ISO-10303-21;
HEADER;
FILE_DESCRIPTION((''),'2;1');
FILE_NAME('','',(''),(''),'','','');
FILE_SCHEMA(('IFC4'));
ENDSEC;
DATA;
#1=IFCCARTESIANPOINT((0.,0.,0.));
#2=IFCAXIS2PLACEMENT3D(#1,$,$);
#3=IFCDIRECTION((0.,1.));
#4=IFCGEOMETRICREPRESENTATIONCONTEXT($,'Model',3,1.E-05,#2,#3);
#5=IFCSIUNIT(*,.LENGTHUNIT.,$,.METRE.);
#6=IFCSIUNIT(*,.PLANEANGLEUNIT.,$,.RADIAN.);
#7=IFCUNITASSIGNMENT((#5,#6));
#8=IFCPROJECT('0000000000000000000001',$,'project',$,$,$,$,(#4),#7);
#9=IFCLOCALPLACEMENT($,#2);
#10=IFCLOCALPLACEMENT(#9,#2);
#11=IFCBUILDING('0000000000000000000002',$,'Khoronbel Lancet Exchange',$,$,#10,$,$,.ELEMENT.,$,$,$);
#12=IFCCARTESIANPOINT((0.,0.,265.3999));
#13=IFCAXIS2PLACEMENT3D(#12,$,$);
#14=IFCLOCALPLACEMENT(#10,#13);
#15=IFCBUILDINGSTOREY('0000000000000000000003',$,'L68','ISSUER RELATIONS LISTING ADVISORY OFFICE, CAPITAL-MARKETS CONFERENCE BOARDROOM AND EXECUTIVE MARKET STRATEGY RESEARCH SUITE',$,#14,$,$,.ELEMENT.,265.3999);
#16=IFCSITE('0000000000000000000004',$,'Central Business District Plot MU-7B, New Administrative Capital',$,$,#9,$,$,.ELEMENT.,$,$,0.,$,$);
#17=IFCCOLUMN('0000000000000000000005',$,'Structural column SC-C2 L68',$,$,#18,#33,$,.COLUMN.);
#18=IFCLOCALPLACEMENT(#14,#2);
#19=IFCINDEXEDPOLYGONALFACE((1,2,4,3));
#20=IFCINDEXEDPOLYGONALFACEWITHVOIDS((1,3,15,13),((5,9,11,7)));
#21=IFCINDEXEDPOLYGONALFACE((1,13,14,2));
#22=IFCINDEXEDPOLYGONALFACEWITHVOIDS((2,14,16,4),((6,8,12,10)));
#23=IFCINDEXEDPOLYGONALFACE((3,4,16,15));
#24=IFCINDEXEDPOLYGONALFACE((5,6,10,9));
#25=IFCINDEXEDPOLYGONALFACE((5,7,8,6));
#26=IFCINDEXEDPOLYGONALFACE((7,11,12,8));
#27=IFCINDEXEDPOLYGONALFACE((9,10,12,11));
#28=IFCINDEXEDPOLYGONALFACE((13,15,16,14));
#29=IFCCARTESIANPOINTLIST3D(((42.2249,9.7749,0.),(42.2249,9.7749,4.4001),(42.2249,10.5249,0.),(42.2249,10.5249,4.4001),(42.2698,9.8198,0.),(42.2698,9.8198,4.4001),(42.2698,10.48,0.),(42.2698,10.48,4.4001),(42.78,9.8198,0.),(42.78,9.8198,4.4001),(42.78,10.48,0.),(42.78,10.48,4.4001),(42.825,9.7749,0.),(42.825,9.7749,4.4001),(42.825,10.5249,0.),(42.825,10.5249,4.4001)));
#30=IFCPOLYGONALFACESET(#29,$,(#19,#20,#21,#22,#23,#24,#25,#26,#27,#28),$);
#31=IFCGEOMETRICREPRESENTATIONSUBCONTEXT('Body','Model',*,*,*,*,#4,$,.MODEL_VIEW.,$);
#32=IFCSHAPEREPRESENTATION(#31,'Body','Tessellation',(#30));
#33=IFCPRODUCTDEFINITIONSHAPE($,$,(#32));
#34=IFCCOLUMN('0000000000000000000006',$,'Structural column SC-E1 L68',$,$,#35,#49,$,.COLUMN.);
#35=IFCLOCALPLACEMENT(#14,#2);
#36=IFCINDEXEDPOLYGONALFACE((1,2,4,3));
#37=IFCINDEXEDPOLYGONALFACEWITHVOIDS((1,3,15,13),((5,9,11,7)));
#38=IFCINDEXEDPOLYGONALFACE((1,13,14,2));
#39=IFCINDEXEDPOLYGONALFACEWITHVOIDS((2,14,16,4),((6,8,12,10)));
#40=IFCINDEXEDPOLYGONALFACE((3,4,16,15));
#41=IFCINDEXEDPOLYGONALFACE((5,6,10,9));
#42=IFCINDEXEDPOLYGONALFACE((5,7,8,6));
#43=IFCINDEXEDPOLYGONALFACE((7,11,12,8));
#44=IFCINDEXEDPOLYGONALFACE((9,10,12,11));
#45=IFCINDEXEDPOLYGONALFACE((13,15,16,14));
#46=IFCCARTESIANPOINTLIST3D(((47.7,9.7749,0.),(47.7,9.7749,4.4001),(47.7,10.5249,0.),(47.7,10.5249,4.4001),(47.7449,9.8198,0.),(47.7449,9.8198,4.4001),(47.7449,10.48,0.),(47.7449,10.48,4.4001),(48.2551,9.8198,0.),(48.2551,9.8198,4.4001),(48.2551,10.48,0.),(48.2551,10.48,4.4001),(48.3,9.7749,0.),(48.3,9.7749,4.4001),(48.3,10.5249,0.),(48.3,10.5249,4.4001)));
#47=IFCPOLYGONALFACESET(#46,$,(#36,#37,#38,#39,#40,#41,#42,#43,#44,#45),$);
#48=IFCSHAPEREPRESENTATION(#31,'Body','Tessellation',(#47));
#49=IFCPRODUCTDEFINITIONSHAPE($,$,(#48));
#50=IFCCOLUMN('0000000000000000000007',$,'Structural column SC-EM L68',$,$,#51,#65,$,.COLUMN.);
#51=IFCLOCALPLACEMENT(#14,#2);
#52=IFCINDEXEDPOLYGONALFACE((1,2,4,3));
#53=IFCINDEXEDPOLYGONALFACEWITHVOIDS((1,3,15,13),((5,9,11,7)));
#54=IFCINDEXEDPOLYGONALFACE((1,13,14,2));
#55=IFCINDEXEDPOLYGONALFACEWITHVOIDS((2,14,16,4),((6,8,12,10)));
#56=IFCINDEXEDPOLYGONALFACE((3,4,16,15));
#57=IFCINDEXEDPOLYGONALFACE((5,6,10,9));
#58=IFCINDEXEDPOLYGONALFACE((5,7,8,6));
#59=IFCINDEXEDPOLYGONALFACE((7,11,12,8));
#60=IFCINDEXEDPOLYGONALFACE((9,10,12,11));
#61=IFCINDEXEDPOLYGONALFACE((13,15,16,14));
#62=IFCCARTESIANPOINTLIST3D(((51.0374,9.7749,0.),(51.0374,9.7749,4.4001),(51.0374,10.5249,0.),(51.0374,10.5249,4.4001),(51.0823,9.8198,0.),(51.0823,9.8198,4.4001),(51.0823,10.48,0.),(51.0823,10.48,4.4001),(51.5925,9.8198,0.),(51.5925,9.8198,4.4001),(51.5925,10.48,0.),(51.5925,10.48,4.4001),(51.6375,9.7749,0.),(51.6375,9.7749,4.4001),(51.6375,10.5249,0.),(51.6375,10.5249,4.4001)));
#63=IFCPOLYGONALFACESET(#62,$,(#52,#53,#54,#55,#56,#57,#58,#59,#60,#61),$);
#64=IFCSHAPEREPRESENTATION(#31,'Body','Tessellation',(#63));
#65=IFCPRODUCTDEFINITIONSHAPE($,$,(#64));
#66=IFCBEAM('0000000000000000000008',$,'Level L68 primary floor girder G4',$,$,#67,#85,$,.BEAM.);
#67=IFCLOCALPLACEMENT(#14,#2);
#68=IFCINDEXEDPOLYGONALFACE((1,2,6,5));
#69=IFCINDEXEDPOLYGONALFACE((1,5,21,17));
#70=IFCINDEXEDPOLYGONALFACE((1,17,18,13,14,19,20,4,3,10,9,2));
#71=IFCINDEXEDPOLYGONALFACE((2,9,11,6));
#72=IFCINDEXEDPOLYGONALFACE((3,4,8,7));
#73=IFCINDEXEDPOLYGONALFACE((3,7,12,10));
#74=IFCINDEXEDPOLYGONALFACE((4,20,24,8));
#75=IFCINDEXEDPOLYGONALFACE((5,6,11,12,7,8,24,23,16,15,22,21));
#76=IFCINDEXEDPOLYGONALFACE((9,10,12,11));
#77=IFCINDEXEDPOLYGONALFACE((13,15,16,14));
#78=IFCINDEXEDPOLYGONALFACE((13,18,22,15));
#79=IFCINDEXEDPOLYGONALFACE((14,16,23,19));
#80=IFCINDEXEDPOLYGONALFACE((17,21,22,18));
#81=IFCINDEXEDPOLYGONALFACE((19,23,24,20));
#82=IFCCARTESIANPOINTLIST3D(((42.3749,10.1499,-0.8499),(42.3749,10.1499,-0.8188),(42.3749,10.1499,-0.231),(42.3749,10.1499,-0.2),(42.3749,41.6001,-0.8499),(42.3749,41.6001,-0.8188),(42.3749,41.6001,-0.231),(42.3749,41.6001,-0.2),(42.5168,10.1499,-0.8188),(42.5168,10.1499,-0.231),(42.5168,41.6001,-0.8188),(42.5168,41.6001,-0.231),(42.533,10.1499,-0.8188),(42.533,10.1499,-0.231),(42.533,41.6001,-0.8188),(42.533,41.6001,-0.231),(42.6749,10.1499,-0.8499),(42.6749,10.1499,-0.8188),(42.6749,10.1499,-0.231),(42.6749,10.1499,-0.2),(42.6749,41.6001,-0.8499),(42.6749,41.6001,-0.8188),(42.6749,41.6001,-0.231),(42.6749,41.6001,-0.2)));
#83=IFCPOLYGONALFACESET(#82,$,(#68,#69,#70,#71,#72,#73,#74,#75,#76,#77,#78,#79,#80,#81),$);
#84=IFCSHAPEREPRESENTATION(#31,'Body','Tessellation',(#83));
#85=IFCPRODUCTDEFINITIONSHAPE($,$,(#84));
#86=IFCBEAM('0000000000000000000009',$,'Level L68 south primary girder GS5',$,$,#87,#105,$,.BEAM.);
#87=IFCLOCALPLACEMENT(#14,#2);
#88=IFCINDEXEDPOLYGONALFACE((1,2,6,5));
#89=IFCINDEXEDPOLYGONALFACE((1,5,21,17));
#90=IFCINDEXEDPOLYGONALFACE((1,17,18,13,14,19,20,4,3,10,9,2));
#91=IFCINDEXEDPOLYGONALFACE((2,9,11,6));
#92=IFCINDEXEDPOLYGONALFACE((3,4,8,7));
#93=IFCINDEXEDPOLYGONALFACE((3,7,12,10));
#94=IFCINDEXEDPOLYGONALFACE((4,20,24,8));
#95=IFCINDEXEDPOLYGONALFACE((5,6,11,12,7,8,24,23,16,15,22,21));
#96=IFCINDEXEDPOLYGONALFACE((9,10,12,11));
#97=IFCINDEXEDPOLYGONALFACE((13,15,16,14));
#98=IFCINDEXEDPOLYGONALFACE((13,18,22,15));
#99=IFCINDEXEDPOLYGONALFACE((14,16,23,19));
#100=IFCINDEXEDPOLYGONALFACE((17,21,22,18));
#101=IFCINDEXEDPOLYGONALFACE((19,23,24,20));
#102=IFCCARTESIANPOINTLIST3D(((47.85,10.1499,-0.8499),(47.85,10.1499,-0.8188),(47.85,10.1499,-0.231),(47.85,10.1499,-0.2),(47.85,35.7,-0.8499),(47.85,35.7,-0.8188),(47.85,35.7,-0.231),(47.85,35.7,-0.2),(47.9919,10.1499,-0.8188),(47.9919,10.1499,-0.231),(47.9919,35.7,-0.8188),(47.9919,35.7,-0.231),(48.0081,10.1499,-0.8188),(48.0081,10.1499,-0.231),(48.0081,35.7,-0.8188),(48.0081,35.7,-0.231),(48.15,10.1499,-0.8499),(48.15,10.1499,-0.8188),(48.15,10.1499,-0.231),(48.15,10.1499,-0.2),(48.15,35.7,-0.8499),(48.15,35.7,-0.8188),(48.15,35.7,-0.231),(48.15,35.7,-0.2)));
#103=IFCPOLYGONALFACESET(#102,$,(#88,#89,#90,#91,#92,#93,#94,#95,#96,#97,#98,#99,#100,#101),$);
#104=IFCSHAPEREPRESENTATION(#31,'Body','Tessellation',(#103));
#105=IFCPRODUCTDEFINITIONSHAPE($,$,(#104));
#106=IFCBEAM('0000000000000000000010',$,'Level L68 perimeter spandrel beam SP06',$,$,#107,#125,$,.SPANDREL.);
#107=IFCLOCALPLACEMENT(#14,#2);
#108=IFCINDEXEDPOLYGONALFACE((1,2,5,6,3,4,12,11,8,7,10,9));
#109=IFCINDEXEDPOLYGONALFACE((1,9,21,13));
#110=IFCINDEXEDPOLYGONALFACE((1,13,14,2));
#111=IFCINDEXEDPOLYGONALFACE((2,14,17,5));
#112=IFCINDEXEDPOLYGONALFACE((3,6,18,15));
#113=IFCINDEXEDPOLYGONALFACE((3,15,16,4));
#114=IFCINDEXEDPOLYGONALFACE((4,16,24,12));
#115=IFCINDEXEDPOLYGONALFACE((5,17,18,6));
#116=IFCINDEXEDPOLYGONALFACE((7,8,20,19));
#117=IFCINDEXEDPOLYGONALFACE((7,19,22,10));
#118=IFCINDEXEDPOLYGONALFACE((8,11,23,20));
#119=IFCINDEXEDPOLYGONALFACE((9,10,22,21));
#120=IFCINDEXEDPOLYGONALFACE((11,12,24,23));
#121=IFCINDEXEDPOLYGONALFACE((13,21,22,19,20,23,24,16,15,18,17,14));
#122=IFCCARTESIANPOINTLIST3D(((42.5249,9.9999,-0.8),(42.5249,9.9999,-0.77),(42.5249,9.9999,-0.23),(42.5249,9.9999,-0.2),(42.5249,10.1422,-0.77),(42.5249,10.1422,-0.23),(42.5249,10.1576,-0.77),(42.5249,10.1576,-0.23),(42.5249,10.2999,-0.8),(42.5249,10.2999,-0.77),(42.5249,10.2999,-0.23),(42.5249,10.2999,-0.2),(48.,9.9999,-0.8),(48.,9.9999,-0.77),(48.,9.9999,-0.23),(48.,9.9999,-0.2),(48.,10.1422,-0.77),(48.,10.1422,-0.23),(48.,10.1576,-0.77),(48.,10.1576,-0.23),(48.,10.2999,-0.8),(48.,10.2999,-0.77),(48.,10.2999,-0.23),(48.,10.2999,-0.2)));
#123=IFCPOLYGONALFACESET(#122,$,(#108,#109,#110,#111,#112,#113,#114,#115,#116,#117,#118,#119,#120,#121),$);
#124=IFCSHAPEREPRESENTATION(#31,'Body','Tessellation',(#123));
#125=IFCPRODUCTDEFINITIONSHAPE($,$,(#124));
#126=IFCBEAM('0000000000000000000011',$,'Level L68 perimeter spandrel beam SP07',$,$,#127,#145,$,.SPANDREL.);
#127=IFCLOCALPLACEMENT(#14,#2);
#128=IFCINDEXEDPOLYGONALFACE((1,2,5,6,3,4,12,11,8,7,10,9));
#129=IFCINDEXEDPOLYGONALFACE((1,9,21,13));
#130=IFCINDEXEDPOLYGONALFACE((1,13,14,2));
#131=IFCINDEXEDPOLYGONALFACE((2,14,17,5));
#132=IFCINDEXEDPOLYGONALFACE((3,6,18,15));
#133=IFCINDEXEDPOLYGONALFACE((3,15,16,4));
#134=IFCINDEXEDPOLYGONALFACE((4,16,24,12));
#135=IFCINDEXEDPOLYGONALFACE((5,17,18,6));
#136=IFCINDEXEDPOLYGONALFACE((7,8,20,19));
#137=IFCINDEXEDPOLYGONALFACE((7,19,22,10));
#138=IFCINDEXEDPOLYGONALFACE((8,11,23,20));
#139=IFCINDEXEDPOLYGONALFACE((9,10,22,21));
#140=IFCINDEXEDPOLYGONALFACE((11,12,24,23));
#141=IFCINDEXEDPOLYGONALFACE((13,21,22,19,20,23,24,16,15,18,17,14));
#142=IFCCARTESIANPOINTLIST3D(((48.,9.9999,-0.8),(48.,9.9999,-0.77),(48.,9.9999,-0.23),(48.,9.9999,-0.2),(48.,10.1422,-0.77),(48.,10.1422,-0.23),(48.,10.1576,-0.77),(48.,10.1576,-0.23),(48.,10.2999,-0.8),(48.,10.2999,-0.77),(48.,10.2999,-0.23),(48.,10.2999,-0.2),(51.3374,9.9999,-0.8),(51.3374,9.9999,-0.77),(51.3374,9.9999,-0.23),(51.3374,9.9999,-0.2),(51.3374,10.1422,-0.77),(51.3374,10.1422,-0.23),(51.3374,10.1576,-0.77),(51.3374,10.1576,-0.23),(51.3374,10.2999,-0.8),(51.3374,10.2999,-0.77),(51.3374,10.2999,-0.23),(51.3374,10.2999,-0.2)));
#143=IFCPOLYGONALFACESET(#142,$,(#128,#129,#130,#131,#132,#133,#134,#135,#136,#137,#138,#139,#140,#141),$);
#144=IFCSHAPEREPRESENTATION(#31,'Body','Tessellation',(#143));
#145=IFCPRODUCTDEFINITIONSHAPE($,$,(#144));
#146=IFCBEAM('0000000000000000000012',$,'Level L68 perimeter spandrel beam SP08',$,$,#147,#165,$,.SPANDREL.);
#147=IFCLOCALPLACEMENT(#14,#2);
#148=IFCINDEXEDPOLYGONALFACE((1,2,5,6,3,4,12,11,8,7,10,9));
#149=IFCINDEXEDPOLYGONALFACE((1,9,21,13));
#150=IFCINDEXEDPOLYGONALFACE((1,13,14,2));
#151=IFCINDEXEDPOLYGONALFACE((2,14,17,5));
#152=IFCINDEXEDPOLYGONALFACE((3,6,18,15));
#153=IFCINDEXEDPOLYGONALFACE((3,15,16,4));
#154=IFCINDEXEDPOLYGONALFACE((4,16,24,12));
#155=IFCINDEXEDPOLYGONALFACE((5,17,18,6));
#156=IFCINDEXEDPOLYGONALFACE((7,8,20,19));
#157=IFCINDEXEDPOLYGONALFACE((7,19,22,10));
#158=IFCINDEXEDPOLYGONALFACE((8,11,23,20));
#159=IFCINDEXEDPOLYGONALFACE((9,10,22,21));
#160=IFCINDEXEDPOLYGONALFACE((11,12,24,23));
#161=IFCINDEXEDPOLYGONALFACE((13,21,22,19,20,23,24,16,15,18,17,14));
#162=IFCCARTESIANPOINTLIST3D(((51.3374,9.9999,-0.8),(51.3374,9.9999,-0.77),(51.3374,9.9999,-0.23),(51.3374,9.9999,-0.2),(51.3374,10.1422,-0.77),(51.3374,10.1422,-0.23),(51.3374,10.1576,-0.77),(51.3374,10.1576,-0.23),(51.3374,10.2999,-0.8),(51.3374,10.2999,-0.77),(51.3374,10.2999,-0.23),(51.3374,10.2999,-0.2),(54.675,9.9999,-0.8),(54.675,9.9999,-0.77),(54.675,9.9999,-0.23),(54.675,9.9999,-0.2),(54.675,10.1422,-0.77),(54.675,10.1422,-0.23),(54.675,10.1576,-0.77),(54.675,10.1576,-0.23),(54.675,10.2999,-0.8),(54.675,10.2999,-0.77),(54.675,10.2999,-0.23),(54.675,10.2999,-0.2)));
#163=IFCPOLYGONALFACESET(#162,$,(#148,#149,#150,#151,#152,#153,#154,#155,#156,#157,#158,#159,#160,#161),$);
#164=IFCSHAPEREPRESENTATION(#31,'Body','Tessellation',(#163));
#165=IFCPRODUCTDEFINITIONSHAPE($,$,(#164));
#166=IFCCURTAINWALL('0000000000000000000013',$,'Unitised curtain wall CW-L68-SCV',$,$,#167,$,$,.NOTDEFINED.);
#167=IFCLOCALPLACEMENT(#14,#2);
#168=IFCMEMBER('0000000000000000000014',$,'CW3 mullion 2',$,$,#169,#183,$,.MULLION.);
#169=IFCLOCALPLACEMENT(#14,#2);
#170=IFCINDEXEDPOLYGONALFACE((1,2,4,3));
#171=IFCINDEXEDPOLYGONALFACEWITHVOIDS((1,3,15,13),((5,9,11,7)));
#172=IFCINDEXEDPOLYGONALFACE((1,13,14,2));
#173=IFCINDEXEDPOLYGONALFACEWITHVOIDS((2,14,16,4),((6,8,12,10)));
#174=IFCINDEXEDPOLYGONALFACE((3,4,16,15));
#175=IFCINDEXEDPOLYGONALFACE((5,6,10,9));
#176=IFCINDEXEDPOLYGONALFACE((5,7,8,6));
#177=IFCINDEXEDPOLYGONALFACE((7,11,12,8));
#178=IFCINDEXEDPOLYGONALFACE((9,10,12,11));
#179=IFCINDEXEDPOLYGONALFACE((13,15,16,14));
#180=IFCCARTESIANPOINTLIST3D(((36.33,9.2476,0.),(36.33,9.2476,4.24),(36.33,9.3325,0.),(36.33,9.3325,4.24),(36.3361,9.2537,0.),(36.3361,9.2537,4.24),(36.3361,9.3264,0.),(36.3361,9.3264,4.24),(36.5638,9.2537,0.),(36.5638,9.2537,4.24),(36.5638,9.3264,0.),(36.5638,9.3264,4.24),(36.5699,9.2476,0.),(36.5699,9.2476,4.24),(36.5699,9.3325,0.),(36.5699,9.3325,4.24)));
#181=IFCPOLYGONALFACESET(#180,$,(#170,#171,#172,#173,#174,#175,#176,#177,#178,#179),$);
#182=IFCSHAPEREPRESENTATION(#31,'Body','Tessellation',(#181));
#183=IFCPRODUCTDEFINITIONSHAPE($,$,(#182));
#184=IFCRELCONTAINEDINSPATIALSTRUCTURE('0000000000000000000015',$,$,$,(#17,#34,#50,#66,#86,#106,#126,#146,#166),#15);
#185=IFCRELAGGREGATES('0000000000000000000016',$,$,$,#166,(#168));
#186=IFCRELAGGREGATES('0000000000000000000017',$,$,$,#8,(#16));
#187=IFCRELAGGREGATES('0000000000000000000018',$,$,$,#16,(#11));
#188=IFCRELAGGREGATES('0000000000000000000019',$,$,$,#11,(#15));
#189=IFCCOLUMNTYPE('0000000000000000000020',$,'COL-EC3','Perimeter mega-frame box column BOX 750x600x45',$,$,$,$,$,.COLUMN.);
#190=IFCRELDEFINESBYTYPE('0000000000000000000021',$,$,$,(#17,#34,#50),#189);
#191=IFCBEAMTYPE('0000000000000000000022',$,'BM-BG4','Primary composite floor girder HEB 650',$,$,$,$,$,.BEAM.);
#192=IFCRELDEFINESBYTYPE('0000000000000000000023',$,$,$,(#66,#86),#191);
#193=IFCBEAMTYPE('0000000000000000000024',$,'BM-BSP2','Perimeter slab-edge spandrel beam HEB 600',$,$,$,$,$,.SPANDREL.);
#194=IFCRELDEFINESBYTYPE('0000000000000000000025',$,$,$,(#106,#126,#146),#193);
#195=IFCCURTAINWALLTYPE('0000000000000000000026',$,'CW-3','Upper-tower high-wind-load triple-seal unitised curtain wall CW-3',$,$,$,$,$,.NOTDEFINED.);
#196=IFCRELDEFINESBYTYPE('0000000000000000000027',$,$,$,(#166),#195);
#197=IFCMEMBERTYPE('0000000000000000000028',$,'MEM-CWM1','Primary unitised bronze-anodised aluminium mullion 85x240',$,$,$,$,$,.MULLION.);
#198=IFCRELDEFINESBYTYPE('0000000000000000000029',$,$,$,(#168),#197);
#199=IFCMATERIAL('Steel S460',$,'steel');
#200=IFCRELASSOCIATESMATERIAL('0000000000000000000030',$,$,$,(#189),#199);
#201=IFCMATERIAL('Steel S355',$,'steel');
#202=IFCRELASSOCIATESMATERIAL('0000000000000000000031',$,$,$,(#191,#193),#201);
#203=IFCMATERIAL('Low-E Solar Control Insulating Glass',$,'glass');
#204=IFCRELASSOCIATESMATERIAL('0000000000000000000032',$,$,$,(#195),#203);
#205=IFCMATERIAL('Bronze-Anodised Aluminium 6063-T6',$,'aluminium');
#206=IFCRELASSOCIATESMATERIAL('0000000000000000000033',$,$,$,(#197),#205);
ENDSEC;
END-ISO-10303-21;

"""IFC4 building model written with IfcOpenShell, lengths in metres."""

from ifc_helpers import new_model, si_unit, direction, frame, origin, origin_2d, place, context, subcontext, project, spatial, hollow_rectangle, i_section, extrude, material, material_profile, profile_set, type_object, element, aggregate, save


model = new_model("IFC4")

# Units and contexts
model_context = context("Model", 3, precision=1e-05, world=origin(), true_north=direction((0.0, 1.0)))
body_context = subcontext(model_context, "Body", "Model", "MODEL_VIEW")
ifc_project = project(units=[si_unit("LENGTHUNIT", "METRE"), si_unit("PLANEANGLEUNIT", "RADIAN")], contexts=[model_context])

# Site, building, storey
site_placement = place(None, origin())
site = spatial("IfcSite", under=ifc_project, at=site_placement, Name="Central Business District Plot MU-7B, New Administrative Capital", CompositionType="ELEMENT", RefElevation=0.0)
building_placement = place(site_placement, origin())
building = spatial("IfcBuilding", under=site, at=building_placement, Name="Khoronbel Lancet Exchange", CompositionType="ELEMENT")
storey_placement = place(building_placement, frame((0.0, 0.0, 265.3999)))
storey = spatial("IfcBuildingStorey", under=building, at=storey_placement, Name="L68", Description="ISSUER RELATIONS LISTING ADVISORY OFFICE, CAPITAL-MARKETS CONFERENCE BOARDROOM AND EXECUTIVE MARKET STRATEGY RESEARCH SUITE", CompositionType="ELEMENT", Elevation=265.3999)

# Columns
ifc_material_1 = material(Name="Steel S460", Category="steel")
ifc_material_profile_1 = material_profile(ifc_material_1, hollow_rectangle(XDim=0.6001, YDim=0.75, WallThickness=0.0449, at=origin_2d()), Name="BOX 750x600x45")
ifc_profile_set_1 = profile_set([ifc_material_profile_1], Name="Steel S460")
column_type = type_object("IfcColumnType", Name="COL-EC3", Description="Perimeter mega-frame box column BOX 750x600x45", PredefinedType="COLUMN", material=ifc_profile_set_1)
for number, where, z_axis, x_axis, name in (
    (1, (42.5249, 10.1499, 0.0), (0.0, 0.0, 1.0), (1.0, 0.0, 0.0), "Structural column SC-C2 L68"),
    (2, (48.0, 10.1499, 0.0), (0.0, 0.0, 1.0), (1.0, 0.0, 0.0), "Structural column SC-E1 L68"),
    (3, (51.3374, 10.1499, 0.0), (0.0, 0.0, 1.0), (1.0, 0.0, 0.0), "Structural column SC-EM L68"),
):
    element("IfcColumn", number, at=place(storey_placement, frame(where, z_axis=z_axis, x_axis=x_axis)), inside=storey, type_object=column_type, Name=name, PredefinedType="COLUMN", context=body_context, shape_type="SweptSolid", body=[
        extrude(hollow_rectangle(XDim=0.6001, YDim=0.75, WallThickness=0.0449, at=origin_2d()), origin(), (0.0, 0.0, 1.0), 4.4001),
    ])

# Beams
ifc_material_2 = material(Name="Steel S355", Category="steel")
ifc_material_profile_2 = material_profile(ifc_material_2, i_section(OverallWidth=0.3, OverallDepth=0.6499, WebThickness=0.0161, FlangeThickness=0.031, at=origin_2d()), Name="HEB 650")
ifc_profile_set_2 = profile_set([ifc_material_profile_2], Name="Steel S355")
beam_type_1 = type_object("IfcBeamType", Name="BM-BG4", Description="Primary composite floor girder HEB 650", PredefinedType="BEAM", material=ifc_profile_set_2)
beam_1_placement = place(storey_placement, frame((42.5249, 10.1499, -0.5249), z_axis=(0.0, 1.0, 0.0), x_axis=(-1.0, 0.0, 0.0)))
element("IfcBeam", 4, at=beam_1_placement, inside=storey, type_object=beam_type_1, Name="Level L68 primary floor girder G4", PredefinedType="BEAM", context=body_context, shape_type="SweptSolid", body=[
    extrude(i_section(OverallWidth=0.3, OverallDepth=0.6499, WebThickness=0.0161, FlangeThickness=0.031, at=origin_2d()), origin(), (0.0, 0.0, 1.0), 31.4502),
])
beam_2_placement = place(storey_placement, frame((48.0, 10.1499, -0.5249), z_axis=(0.0, 1.0, 0.0), x_axis=(-1.0, 0.0, 0.0)))
element("IfcBeam", 5, at=beam_2_placement, inside=storey, type_object=beam_type_1, Name="Level L68 south primary girder GS5", PredefinedType="BEAM", context=body_context, shape_type="SweptSolid", body=[
    extrude(i_section(OverallWidth=0.3, OverallDepth=0.6499, WebThickness=0.0161, FlangeThickness=0.031, at=origin_2d()), origin(), (0.0, 0.0, 1.0), 25.55),
])
ifc_material_profile_3 = material_profile(ifc_material_2, i_section(OverallWidth=0.3, OverallDepth=0.6001, WebThickness=0.0154, FlangeThickness=0.03, at=origin_2d()), Name="HEB 600")
ifc_profile_set_3 = profile_set([ifc_material_profile_3], Name="Steel S355")
beam_type_2 = type_object("IfcBeamType", Name="BM-BSP2", Description="Perimeter slab-edge spandrel beam HEB 600", PredefinedType="SPANDREL", material=ifc_profile_set_3)
beam_3_placement = place(storey_placement, frame((42.5249, 10.1499, -0.5), z_axis=(1.0, 0.0, 0.0), x_axis=(0.0, 1.0, 0.0)))
element("IfcBeam", 6, at=beam_3_placement, inside=storey, type_object=beam_type_2, Name="Level L68 perimeter spandrel beam SP06", PredefinedType="SPANDREL", context=body_context, shape_type="SweptSolid", body=[
    extrude(i_section(OverallWidth=0.3, OverallDepth=0.6001, WebThickness=0.0154, FlangeThickness=0.03, at=origin_2d()), origin(), (0.0, 0.0, 1.0), 5.4751),
])
beam_4_placement = place(storey_placement, frame((48.0, 10.1499, -0.5), z_axis=(1.0, 0.0, 0.0), x_axis=(0.0, 1.0, 0.0)))
element("IfcBeam", 7, at=beam_4_placement, inside=storey, type_object=beam_type_2, Name="Level L68 perimeter spandrel beam SP07", PredefinedType="SPANDREL", context=body_context, shape_type="SweptSolid", body=[
    extrude(i_section(OverallWidth=0.3, OverallDepth=0.6001, WebThickness=0.0154, FlangeThickness=0.03, at=origin_2d()), origin(), (0.0, 0.0, 1.0), 3.3374),
])
beam_5_placement = place(storey_placement, frame((51.3374, 10.1499, -0.5), z_axis=(1.0, 0.0, 0.0), x_axis=(0.0, 1.0, 0.0)))
element("IfcBeam", 8, at=beam_5_placement, inside=storey, type_object=beam_type_2, Name="Level L68 perimeter spandrel beam SP08", PredefinedType="SPANDREL", context=body_context, shape_type="SweptSolid", body=[
    extrude(i_section(OverallWidth=0.3, OverallDepth=0.6001, WebThickness=0.0154, FlangeThickness=0.03, at=origin_2d()), origin(), (0.0, 0.0, 1.0), 3.3376),
])

# Curtain wall, member
ifc_material_3 = material(Name="Low-E Solar Control Insulating Glass", Category="glass")
curtain_wall_type = type_object("IfcCurtainWallType", Name="CW-3", Description="Upper-tower high-wind-load triple-seal unitised curtain wall CW-3", PredefinedType="NOTDEFINED", material=ifc_material_3)
curtain_wall_1_placement = place(storey_placement, origin())
curtain_wall_1 = element("IfcCurtainWall", 9, at=curtain_wall_1_placement, inside=storey, type_object=curtain_wall_type, Name="Unitised curtain wall CW-L68-SCV", PredefinedType="NOTDEFINED")
ifc_material_4 = material(Name="Bronze-Anodised Aluminium 6063-T6", Category="aluminium")
ifc_material_profile_4 = material_profile(ifc_material_4, hollow_rectangle(XDim=0.085, YDim=0.24, WallThickness=0.0061, at=origin_2d()), Name="ALU MULLION 85x240")
ifc_profile_set_4 = profile_set([ifc_material_profile_4], Name="Bronze-Anodised Aluminium 6063-T6")
member_type_1 = type_object("IfcMemberType", Name="MEM-CWM1", Description="Primary unitised bronze-anodised aluminium mullion 85x240", PredefinedType="MULLION", material=ifc_profile_set_4)
member_1_placement = place(storey_placement, frame((36.45, 9.29, 0.0), z_axis=(0.0, 0.0, 1.0), x_axis=(0.0, 1.0, 0.0)))
member_1 = element("IfcMember", 10, at=member_1_placement, type_object=member_type_1, Name="CW3 mullion 2", PredefinedType="MULLION", context=body_context, shape_type="SweptSolid", body=[
    extrude(hollow_rectangle(XDim=0.085, YDim=0.24, WallThickness=0.0061, at=origin_2d()), origin(), (0.0, 0.0, 1.0), 4.24),
])

aggregate(curtain_wall_1, [member_1])

save(model, "model.ifc")
